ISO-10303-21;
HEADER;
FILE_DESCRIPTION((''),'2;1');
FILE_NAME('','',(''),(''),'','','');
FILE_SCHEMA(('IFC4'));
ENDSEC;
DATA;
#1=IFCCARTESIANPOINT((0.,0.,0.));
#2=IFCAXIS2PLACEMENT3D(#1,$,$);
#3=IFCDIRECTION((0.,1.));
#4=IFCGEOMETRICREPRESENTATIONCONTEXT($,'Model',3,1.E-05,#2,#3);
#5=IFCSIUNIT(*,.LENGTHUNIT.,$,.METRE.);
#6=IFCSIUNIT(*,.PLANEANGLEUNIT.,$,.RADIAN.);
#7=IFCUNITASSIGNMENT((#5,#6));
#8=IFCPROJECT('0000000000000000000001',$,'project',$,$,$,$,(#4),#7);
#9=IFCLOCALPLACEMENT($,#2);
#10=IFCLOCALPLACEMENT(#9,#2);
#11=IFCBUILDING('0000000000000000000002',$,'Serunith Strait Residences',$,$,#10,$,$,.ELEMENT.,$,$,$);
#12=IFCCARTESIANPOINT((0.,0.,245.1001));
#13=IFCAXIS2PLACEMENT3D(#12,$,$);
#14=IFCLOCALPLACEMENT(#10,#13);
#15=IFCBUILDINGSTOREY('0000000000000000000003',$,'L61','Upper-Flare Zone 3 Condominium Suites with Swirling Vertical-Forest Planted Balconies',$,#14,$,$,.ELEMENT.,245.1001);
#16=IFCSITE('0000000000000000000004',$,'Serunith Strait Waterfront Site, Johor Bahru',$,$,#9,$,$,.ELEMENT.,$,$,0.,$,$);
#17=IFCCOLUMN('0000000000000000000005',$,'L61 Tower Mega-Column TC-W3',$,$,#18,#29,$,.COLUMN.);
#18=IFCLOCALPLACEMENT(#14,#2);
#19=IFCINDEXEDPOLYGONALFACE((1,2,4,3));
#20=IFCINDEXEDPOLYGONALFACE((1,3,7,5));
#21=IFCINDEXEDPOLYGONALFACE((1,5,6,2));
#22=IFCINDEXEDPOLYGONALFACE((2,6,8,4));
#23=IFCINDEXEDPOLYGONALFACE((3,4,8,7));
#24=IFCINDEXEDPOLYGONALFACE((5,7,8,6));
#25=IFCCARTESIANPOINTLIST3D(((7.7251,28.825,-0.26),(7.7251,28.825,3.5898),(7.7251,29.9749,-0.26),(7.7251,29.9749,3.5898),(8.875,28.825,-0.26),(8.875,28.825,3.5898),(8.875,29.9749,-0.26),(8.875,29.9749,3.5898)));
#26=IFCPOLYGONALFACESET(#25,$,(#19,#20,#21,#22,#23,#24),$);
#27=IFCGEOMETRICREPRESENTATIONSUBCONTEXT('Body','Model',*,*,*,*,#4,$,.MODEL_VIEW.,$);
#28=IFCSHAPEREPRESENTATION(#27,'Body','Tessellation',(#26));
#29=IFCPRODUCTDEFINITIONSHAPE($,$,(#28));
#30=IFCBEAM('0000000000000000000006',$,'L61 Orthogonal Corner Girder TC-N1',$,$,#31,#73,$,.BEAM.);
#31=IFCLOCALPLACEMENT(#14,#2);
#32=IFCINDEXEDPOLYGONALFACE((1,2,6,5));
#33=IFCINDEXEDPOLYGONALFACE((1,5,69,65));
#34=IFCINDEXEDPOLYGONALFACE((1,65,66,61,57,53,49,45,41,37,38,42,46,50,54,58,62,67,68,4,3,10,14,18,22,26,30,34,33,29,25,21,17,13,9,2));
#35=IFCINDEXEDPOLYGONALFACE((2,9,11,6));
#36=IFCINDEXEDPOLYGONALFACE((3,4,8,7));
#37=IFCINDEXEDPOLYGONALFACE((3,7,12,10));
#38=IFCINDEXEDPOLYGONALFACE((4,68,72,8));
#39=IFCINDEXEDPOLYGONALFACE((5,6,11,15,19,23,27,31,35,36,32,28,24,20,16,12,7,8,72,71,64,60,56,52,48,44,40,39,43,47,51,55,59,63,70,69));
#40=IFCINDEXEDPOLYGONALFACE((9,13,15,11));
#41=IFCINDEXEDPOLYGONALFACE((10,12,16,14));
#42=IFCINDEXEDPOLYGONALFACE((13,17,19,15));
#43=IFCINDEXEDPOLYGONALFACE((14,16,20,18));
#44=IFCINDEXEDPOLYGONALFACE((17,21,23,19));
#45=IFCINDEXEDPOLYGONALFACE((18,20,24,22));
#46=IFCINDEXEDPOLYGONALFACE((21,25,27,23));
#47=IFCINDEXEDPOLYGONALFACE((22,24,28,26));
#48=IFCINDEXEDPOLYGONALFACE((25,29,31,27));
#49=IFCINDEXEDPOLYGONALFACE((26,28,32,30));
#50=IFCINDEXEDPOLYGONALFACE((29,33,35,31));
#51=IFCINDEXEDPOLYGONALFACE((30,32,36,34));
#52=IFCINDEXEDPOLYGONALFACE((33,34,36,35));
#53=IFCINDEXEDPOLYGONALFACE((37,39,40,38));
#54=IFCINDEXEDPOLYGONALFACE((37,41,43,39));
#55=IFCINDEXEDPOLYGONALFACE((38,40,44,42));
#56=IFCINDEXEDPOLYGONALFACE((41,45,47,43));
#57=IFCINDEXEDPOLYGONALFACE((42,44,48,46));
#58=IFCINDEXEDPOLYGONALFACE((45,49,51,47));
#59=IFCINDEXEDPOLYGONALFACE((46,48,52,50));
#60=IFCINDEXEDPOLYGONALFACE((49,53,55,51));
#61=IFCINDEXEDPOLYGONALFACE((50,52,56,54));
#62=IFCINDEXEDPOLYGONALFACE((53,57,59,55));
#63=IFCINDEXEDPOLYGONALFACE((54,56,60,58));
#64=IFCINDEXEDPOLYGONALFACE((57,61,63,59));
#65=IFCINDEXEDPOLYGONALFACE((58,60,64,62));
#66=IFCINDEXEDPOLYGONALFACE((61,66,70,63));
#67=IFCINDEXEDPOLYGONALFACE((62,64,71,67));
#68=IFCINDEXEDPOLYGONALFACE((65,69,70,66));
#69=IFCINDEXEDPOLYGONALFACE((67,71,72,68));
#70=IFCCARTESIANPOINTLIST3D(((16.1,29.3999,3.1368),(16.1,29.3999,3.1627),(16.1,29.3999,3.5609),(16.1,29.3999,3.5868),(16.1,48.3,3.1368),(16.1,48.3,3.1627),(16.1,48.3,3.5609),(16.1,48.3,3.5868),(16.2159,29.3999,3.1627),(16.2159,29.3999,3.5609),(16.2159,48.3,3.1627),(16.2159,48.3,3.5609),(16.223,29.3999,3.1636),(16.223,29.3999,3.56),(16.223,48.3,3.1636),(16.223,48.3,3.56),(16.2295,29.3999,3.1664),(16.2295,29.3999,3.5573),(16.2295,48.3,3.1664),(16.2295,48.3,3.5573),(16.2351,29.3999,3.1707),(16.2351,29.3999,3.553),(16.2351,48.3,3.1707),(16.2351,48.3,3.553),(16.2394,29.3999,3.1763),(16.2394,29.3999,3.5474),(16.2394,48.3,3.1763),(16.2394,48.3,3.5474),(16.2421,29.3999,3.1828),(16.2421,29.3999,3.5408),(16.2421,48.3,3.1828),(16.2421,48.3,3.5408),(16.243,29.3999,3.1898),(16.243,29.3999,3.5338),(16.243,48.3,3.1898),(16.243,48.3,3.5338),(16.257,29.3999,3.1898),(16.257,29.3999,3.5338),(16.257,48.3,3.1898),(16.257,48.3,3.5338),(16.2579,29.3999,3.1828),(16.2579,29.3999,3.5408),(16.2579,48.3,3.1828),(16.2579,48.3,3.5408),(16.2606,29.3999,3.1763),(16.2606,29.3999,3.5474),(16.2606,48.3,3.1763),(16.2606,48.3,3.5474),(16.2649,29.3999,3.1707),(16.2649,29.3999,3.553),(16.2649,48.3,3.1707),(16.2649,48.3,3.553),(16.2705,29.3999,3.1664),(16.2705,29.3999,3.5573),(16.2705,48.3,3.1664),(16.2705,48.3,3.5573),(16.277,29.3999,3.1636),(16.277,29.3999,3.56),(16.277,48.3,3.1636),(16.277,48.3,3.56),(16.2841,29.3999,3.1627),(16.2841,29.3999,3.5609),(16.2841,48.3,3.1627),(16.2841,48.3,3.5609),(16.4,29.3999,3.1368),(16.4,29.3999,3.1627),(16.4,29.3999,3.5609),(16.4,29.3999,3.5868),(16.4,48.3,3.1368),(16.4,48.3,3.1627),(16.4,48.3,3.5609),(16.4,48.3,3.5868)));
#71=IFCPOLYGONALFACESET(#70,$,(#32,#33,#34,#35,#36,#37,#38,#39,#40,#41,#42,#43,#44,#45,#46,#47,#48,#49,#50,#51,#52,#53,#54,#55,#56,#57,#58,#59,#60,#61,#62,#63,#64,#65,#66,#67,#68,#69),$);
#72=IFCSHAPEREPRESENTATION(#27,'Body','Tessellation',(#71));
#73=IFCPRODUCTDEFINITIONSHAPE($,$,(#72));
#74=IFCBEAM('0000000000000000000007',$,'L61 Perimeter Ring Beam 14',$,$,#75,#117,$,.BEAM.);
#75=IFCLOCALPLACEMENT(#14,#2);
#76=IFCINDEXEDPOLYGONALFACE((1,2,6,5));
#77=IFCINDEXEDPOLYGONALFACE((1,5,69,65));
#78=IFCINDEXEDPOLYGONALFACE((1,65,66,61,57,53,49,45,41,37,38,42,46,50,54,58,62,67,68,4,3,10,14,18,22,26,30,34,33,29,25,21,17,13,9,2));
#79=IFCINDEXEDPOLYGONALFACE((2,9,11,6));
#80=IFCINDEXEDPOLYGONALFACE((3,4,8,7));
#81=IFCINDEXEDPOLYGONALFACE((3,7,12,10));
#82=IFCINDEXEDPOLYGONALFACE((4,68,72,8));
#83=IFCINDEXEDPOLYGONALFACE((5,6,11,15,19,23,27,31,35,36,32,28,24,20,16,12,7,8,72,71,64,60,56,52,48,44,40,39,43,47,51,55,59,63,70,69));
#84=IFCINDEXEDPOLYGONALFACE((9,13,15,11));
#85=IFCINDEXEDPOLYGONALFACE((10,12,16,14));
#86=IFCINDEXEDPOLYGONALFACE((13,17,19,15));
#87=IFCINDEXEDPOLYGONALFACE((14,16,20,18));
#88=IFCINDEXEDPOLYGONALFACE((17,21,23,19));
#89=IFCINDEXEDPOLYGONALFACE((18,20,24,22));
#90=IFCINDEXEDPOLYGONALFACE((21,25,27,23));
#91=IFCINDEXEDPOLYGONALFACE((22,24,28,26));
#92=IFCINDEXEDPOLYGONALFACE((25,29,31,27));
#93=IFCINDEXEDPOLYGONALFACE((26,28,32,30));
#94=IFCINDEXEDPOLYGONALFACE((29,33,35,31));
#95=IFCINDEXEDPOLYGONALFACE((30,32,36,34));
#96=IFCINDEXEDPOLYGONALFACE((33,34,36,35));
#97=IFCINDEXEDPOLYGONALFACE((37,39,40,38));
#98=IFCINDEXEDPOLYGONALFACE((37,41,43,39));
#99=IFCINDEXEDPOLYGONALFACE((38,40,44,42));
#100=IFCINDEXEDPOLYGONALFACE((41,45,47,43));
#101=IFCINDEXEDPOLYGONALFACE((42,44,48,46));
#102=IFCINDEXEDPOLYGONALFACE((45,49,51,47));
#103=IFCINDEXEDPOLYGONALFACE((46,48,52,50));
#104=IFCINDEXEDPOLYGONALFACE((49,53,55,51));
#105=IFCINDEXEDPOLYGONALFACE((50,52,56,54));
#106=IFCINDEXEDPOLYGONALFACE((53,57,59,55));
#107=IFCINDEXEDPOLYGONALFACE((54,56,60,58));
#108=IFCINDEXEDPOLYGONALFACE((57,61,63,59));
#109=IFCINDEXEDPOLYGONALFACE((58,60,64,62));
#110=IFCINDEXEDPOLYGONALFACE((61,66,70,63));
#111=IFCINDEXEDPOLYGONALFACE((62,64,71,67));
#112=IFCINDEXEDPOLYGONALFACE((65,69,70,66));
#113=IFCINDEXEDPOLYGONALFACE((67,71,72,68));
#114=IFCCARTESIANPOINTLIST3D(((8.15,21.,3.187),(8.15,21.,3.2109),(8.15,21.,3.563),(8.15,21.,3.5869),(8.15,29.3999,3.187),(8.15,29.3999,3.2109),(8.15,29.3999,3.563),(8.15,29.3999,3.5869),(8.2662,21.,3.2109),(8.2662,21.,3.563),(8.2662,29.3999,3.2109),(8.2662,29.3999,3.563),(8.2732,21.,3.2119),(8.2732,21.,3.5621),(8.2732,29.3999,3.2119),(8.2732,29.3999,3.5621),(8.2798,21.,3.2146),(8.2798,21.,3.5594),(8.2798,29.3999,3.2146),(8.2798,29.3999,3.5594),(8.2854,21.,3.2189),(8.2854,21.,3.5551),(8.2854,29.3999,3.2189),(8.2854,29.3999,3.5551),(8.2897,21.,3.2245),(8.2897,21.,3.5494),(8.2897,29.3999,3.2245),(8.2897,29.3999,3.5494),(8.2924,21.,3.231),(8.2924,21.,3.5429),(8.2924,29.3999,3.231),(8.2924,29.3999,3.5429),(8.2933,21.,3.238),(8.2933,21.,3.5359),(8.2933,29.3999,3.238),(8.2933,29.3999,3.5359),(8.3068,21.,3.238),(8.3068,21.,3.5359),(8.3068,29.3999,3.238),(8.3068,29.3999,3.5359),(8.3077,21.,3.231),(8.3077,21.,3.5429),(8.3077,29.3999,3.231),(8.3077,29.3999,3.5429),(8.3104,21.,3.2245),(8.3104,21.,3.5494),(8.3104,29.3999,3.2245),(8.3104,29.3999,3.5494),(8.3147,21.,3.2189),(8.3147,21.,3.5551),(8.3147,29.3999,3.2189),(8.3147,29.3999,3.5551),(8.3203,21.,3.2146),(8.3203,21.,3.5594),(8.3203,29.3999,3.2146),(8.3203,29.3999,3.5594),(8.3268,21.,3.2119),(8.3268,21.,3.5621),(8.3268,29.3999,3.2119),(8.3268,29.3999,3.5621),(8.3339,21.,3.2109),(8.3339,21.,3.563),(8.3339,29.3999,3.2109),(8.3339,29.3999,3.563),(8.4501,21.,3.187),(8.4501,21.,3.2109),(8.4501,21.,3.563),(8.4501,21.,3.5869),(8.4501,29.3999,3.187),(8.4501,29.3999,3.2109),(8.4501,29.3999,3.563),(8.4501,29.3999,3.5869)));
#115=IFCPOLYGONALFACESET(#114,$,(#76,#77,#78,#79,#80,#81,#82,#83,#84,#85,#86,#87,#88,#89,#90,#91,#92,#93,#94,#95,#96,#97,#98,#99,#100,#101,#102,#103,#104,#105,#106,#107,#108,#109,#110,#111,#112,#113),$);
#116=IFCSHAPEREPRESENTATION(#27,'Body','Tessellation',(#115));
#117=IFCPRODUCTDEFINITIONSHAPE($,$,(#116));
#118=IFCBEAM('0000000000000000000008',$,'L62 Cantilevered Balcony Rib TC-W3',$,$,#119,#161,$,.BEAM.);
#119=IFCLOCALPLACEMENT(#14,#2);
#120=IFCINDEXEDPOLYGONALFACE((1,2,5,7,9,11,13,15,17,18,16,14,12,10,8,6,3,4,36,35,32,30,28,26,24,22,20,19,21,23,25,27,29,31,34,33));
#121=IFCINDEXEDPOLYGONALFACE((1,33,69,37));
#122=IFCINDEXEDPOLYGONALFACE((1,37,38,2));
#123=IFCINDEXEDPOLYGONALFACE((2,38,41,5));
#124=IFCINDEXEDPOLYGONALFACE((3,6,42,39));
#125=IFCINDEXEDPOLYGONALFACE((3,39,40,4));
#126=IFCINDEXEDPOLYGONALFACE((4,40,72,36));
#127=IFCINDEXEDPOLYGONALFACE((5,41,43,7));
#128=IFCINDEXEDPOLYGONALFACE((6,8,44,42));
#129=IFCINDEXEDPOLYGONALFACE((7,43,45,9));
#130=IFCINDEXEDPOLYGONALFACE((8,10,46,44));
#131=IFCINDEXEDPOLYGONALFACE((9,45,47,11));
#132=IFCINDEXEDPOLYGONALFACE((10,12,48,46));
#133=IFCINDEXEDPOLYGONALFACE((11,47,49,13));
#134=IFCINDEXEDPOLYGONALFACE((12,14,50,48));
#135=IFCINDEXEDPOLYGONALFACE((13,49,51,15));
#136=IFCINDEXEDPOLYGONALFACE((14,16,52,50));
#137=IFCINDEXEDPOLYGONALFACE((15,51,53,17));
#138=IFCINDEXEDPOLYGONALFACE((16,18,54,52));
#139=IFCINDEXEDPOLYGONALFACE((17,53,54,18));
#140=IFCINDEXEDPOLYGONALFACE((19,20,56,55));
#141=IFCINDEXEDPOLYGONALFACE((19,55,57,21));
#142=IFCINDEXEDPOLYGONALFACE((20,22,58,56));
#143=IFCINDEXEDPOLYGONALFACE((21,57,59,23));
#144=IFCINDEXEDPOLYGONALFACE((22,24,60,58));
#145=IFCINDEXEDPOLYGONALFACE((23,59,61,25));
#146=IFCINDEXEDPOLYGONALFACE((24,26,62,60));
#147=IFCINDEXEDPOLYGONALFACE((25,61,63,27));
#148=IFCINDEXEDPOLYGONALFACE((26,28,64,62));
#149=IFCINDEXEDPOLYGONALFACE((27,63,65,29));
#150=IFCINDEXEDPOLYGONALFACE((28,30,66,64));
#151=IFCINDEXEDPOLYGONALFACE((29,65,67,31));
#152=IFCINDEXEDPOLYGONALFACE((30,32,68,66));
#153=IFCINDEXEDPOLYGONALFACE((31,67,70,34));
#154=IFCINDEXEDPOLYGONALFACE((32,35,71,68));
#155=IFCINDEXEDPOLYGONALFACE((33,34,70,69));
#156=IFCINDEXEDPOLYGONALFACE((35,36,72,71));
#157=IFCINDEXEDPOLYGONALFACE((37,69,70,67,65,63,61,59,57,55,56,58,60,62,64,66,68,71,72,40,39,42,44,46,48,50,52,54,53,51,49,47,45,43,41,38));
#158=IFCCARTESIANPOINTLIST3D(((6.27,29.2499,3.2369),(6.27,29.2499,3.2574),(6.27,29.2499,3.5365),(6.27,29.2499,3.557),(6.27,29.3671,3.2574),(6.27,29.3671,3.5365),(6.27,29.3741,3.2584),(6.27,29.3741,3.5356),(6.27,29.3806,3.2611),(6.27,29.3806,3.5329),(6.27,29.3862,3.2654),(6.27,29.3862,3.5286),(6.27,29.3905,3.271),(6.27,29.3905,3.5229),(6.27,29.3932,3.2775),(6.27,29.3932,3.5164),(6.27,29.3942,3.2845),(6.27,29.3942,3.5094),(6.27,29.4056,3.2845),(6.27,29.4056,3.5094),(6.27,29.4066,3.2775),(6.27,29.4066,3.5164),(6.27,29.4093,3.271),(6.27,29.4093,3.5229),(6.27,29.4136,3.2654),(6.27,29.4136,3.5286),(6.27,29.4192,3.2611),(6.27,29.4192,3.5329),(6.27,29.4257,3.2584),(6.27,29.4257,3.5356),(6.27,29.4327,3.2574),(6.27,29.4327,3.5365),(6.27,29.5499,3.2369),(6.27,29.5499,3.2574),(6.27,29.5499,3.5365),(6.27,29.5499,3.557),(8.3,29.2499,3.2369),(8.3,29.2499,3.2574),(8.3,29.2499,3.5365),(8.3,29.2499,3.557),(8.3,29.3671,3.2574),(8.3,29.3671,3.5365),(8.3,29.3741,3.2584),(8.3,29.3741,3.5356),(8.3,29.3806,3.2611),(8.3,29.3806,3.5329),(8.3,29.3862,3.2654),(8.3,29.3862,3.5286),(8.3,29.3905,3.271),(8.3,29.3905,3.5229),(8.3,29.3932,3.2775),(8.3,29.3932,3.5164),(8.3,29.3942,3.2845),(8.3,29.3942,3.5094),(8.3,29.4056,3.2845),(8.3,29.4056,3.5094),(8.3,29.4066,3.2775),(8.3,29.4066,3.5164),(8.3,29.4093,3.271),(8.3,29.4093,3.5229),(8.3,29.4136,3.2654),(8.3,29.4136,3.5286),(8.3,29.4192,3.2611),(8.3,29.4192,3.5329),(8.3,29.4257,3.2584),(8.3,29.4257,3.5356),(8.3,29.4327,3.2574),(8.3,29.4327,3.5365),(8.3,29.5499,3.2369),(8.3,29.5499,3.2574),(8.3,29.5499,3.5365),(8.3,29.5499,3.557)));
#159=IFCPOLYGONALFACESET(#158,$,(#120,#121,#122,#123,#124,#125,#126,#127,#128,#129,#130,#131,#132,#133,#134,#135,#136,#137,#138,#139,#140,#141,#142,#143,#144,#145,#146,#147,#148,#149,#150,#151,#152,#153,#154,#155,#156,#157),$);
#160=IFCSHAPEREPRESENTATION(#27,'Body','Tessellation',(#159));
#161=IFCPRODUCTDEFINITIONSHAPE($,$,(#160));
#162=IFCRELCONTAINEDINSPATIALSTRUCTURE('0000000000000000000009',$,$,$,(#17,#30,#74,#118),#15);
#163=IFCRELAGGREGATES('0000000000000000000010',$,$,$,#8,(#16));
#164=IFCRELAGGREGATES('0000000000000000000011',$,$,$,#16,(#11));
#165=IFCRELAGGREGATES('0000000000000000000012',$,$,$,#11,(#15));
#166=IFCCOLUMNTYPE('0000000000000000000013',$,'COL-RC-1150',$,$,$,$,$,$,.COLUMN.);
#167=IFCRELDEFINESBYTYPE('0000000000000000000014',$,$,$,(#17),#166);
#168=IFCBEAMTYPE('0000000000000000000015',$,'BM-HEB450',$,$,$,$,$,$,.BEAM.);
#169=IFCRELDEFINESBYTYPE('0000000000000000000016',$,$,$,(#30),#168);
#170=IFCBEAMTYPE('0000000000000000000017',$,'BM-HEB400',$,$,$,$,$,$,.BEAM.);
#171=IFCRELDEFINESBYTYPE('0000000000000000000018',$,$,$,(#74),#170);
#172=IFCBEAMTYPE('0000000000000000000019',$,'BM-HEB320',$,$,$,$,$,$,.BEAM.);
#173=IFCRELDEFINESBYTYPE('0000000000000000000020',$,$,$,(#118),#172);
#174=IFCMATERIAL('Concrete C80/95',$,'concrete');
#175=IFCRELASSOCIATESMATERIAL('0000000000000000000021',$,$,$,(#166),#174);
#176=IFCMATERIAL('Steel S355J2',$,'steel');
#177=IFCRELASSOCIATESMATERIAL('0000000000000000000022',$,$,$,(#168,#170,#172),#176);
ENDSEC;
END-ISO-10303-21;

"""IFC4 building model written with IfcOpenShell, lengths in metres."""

from ifc_helpers import new_model, si_unit, direction, frame, origin, origin_2d, place, context, subcontext, project, spatial, rectangle, i_section, extrude, source, transform, mapped, material, material_profile, profile_set, type_object, element, save


model = new_model("IFC4")

# Units and contexts
model_context = context("Model", 3, precision=1e-05, world=origin(), true_north=direction((0.0, 1.0)))
body_context = subcontext(model_context, "Body", "Model", "MODEL_VIEW")
ifc_project = project(units=[si_unit("LENGTHUNIT", "METRE"), si_unit("PLANEANGLEUNIT", "RADIAN")], contexts=[model_context])

# Site, building, storey
site_placement = place(None, origin())
site = spatial("IfcSite", under=ifc_project, at=site_placement, Name="Serunith Strait Waterfront Site, Johor Bahru", CompositionType="ELEMENT", RefElevation=0.0)
building_placement = place(site_placement, origin())
building = spatial("IfcBuilding", under=site, at=building_placement, Name="Serunith Strait Residences", CompositionType="ELEMENT")
storey_placement = place(building_placement, frame((0.0, 0.0, 245.1001)))
storey = spatial("IfcBuildingStorey", under=building, at=storey_placement, Name="L61", Description="Upper-Flare Zone 3 Condominium Suites with Swirling Vertical-Forest Planted Balconies", CompositionType="ELEMENT", Elevation=245.1001)

# Column
ifc_material_1 = material(Name="Concrete C80/95", Category="concrete")
ifc_material_profile_1 = material_profile(ifc_material_1, rectangle(XDim=1.1499, YDim=1.1499, at=origin_2d()), Name="RC 1150x1150")
ifc_profile_set_1 = profile_set([ifc_material_profile_1], Name="Concrete C80/95")
column_type = type_object("IfcColumnType", Name="COL-RC-1150", PredefinedType="COLUMN", material=ifc_profile_set_1)
shared_shape_1 = source(origin(), body_context, "Body", "SweptSolid", [
    extrude(rectangle(XDim=1.1499, YDim=1.1499, at=origin_2d()), origin(), (0.0, 0.0, 1.0), 3.8499),
])
column_placement = place(storey_placement, frame((8.3, 29.3999, -0.26), z_axis=(0.0, 0.0, 1.0), x_axis=(1.0, 0.0, 0.0)))
element("IfcColumn", 1, at=column_placement, inside=storey, type_object=column_type, Name="L61 Tower Mega-Column TC-W3", PredefinedType="COLUMN", context=body_context, shape_type="MappedRepresentation", body=[
    mapped(shared_shape_1, transform((0.0, 0.0, 0.0), scale=1.0)),
])

# Beams
ifc_material_2 = material(Name="Steel S355J2", Category="steel")
ifc_material_profile_2 = material_profile(ifc_material_2, i_section(OverallWidth=0.3, OverallDepth=0.45, WebThickness=0.0139, FlangeThickness=0.0259, FilletRadius=0.0271, at=origin_2d()), Name="HEB 450")
ifc_profile_set_2 = profile_set([ifc_material_profile_2], Name="Steel S355J2")
beam_type_1 = type_object("IfcBeamType", Name="BM-HEB450", PredefinedType="BEAM", material=ifc_profile_set_2)
shared_shape_2 = source(origin(), body_context, "Body", "SweptSolid", [
    extrude(i_section(OverallWidth=0.3, OverallDepth=0.45, WebThickness=0.0139, FlangeThickness=0.0259, FilletRadius=0.0271, at=origin_2d()), origin(), (0.0, 0.0, 1.0), 18.9001),
])
beam_1_placement = place(storey_placement, frame((16.25, 29.3999, 3.3618), z_axis=(0.0, 1.0, 0.0), x_axis=(-1.0, 0.0, 0.0)))
element("IfcBeam", 2, at=beam_1_placement, inside=storey, type_object=beam_type_1, Name="L61 Orthogonal Corner Girder TC-N1", PredefinedType="BEAM", context=body_context, shape_type="MappedRepresentation", body=[
    mapped(shared_shape_2, transform((0.0, 0.0, 0.0), scale=1.0)),
])
ifc_material_profile_3 = material_profile(ifc_material_2, i_section(OverallWidth=0.3, OverallDepth=0.3999, WebThickness=0.0134, FlangeThickness=0.0239, FilletRadius=0.0271, at=origin_2d()), Name="HEB 400")
ifc_profile_set_3 = profile_set([ifc_material_profile_3], Name="Steel S355J2")
beam_type_2 = type_object("IfcBeamType", Name="BM-HEB400", PredefinedType="BEAM", material=ifc_profile_set_3)
shared_shape_3 = source(origin(), body_context, "Body", "SweptSolid", [
    extrude(i_section(OverallWidth=0.3, OverallDepth=0.3999, WebThickness=0.0134, FlangeThickness=0.0239, FilletRadius=0.0271, at=origin_2d()), origin(), (0.0, 0.0, 1.0), 8.3999),
])
beam_2_placement = place(storey_placement, frame((8.3, 29.3999, 3.387), z_axis=(0.0, -1.0, 0.0), x_axis=(1.0, 0.0, 0.0)))
element("IfcBeam", 3, at=beam_2_placement, inside=storey, type_object=beam_type_2, Name="L61 Perimeter Ring Beam 14", PredefinedType="BEAM", context=body_context, shape_type="MappedRepresentation", body=[
    mapped(shared_shape_3, transform((0.0, 0.0, 0.0), scale=1.0)),
])
ifc_material_profile_4 = material_profile(ifc_material_2, i_section(OverallWidth=0.3, OverallDepth=0.3201, WebThickness=0.0115, FlangeThickness=0.0205, FilletRadius=0.0271, at=origin_2d()), Name="HEB 320")
ifc_profile_set_4 = profile_set([ifc_material_profile_4], Name="Steel S355J2")
beam_type_3 = type_object("IfcBeamType", Name="BM-HEB320", PredefinedType="BEAM", material=ifc_profile_set_4)
shared_shape_4 = source(origin(), body_context, "Body", "SweptSolid", [
    extrude(i_section(OverallWidth=0.3, OverallDepth=0.3201, WebThickness=0.0115, FlangeThickness=0.0205, FilletRadius=0.0271, at=origin_2d()), origin(), (0.0, 0.0, 1.0), 2.03),
])
beam_3_placement = place(storey_placement, frame((8.3, 29.3999, 3.397), z_axis=(-1.0, 0.0, 0.0), x_axis=(0.0, -1.0, 0.0)))
element("IfcBeam", 4, at=beam_3_placement, inside=storey, type_object=beam_type_3, Name="L62 Cantilevered Balcony Rib TC-W3", PredefinedType="BEAM", context=body_context, shape_type="MappedRepresentation", body=[
    mapped(shared_shape_4, transform((0.0, 0.0, 0.0), scale=1.0)),
])

save(model, "model.ifc")
